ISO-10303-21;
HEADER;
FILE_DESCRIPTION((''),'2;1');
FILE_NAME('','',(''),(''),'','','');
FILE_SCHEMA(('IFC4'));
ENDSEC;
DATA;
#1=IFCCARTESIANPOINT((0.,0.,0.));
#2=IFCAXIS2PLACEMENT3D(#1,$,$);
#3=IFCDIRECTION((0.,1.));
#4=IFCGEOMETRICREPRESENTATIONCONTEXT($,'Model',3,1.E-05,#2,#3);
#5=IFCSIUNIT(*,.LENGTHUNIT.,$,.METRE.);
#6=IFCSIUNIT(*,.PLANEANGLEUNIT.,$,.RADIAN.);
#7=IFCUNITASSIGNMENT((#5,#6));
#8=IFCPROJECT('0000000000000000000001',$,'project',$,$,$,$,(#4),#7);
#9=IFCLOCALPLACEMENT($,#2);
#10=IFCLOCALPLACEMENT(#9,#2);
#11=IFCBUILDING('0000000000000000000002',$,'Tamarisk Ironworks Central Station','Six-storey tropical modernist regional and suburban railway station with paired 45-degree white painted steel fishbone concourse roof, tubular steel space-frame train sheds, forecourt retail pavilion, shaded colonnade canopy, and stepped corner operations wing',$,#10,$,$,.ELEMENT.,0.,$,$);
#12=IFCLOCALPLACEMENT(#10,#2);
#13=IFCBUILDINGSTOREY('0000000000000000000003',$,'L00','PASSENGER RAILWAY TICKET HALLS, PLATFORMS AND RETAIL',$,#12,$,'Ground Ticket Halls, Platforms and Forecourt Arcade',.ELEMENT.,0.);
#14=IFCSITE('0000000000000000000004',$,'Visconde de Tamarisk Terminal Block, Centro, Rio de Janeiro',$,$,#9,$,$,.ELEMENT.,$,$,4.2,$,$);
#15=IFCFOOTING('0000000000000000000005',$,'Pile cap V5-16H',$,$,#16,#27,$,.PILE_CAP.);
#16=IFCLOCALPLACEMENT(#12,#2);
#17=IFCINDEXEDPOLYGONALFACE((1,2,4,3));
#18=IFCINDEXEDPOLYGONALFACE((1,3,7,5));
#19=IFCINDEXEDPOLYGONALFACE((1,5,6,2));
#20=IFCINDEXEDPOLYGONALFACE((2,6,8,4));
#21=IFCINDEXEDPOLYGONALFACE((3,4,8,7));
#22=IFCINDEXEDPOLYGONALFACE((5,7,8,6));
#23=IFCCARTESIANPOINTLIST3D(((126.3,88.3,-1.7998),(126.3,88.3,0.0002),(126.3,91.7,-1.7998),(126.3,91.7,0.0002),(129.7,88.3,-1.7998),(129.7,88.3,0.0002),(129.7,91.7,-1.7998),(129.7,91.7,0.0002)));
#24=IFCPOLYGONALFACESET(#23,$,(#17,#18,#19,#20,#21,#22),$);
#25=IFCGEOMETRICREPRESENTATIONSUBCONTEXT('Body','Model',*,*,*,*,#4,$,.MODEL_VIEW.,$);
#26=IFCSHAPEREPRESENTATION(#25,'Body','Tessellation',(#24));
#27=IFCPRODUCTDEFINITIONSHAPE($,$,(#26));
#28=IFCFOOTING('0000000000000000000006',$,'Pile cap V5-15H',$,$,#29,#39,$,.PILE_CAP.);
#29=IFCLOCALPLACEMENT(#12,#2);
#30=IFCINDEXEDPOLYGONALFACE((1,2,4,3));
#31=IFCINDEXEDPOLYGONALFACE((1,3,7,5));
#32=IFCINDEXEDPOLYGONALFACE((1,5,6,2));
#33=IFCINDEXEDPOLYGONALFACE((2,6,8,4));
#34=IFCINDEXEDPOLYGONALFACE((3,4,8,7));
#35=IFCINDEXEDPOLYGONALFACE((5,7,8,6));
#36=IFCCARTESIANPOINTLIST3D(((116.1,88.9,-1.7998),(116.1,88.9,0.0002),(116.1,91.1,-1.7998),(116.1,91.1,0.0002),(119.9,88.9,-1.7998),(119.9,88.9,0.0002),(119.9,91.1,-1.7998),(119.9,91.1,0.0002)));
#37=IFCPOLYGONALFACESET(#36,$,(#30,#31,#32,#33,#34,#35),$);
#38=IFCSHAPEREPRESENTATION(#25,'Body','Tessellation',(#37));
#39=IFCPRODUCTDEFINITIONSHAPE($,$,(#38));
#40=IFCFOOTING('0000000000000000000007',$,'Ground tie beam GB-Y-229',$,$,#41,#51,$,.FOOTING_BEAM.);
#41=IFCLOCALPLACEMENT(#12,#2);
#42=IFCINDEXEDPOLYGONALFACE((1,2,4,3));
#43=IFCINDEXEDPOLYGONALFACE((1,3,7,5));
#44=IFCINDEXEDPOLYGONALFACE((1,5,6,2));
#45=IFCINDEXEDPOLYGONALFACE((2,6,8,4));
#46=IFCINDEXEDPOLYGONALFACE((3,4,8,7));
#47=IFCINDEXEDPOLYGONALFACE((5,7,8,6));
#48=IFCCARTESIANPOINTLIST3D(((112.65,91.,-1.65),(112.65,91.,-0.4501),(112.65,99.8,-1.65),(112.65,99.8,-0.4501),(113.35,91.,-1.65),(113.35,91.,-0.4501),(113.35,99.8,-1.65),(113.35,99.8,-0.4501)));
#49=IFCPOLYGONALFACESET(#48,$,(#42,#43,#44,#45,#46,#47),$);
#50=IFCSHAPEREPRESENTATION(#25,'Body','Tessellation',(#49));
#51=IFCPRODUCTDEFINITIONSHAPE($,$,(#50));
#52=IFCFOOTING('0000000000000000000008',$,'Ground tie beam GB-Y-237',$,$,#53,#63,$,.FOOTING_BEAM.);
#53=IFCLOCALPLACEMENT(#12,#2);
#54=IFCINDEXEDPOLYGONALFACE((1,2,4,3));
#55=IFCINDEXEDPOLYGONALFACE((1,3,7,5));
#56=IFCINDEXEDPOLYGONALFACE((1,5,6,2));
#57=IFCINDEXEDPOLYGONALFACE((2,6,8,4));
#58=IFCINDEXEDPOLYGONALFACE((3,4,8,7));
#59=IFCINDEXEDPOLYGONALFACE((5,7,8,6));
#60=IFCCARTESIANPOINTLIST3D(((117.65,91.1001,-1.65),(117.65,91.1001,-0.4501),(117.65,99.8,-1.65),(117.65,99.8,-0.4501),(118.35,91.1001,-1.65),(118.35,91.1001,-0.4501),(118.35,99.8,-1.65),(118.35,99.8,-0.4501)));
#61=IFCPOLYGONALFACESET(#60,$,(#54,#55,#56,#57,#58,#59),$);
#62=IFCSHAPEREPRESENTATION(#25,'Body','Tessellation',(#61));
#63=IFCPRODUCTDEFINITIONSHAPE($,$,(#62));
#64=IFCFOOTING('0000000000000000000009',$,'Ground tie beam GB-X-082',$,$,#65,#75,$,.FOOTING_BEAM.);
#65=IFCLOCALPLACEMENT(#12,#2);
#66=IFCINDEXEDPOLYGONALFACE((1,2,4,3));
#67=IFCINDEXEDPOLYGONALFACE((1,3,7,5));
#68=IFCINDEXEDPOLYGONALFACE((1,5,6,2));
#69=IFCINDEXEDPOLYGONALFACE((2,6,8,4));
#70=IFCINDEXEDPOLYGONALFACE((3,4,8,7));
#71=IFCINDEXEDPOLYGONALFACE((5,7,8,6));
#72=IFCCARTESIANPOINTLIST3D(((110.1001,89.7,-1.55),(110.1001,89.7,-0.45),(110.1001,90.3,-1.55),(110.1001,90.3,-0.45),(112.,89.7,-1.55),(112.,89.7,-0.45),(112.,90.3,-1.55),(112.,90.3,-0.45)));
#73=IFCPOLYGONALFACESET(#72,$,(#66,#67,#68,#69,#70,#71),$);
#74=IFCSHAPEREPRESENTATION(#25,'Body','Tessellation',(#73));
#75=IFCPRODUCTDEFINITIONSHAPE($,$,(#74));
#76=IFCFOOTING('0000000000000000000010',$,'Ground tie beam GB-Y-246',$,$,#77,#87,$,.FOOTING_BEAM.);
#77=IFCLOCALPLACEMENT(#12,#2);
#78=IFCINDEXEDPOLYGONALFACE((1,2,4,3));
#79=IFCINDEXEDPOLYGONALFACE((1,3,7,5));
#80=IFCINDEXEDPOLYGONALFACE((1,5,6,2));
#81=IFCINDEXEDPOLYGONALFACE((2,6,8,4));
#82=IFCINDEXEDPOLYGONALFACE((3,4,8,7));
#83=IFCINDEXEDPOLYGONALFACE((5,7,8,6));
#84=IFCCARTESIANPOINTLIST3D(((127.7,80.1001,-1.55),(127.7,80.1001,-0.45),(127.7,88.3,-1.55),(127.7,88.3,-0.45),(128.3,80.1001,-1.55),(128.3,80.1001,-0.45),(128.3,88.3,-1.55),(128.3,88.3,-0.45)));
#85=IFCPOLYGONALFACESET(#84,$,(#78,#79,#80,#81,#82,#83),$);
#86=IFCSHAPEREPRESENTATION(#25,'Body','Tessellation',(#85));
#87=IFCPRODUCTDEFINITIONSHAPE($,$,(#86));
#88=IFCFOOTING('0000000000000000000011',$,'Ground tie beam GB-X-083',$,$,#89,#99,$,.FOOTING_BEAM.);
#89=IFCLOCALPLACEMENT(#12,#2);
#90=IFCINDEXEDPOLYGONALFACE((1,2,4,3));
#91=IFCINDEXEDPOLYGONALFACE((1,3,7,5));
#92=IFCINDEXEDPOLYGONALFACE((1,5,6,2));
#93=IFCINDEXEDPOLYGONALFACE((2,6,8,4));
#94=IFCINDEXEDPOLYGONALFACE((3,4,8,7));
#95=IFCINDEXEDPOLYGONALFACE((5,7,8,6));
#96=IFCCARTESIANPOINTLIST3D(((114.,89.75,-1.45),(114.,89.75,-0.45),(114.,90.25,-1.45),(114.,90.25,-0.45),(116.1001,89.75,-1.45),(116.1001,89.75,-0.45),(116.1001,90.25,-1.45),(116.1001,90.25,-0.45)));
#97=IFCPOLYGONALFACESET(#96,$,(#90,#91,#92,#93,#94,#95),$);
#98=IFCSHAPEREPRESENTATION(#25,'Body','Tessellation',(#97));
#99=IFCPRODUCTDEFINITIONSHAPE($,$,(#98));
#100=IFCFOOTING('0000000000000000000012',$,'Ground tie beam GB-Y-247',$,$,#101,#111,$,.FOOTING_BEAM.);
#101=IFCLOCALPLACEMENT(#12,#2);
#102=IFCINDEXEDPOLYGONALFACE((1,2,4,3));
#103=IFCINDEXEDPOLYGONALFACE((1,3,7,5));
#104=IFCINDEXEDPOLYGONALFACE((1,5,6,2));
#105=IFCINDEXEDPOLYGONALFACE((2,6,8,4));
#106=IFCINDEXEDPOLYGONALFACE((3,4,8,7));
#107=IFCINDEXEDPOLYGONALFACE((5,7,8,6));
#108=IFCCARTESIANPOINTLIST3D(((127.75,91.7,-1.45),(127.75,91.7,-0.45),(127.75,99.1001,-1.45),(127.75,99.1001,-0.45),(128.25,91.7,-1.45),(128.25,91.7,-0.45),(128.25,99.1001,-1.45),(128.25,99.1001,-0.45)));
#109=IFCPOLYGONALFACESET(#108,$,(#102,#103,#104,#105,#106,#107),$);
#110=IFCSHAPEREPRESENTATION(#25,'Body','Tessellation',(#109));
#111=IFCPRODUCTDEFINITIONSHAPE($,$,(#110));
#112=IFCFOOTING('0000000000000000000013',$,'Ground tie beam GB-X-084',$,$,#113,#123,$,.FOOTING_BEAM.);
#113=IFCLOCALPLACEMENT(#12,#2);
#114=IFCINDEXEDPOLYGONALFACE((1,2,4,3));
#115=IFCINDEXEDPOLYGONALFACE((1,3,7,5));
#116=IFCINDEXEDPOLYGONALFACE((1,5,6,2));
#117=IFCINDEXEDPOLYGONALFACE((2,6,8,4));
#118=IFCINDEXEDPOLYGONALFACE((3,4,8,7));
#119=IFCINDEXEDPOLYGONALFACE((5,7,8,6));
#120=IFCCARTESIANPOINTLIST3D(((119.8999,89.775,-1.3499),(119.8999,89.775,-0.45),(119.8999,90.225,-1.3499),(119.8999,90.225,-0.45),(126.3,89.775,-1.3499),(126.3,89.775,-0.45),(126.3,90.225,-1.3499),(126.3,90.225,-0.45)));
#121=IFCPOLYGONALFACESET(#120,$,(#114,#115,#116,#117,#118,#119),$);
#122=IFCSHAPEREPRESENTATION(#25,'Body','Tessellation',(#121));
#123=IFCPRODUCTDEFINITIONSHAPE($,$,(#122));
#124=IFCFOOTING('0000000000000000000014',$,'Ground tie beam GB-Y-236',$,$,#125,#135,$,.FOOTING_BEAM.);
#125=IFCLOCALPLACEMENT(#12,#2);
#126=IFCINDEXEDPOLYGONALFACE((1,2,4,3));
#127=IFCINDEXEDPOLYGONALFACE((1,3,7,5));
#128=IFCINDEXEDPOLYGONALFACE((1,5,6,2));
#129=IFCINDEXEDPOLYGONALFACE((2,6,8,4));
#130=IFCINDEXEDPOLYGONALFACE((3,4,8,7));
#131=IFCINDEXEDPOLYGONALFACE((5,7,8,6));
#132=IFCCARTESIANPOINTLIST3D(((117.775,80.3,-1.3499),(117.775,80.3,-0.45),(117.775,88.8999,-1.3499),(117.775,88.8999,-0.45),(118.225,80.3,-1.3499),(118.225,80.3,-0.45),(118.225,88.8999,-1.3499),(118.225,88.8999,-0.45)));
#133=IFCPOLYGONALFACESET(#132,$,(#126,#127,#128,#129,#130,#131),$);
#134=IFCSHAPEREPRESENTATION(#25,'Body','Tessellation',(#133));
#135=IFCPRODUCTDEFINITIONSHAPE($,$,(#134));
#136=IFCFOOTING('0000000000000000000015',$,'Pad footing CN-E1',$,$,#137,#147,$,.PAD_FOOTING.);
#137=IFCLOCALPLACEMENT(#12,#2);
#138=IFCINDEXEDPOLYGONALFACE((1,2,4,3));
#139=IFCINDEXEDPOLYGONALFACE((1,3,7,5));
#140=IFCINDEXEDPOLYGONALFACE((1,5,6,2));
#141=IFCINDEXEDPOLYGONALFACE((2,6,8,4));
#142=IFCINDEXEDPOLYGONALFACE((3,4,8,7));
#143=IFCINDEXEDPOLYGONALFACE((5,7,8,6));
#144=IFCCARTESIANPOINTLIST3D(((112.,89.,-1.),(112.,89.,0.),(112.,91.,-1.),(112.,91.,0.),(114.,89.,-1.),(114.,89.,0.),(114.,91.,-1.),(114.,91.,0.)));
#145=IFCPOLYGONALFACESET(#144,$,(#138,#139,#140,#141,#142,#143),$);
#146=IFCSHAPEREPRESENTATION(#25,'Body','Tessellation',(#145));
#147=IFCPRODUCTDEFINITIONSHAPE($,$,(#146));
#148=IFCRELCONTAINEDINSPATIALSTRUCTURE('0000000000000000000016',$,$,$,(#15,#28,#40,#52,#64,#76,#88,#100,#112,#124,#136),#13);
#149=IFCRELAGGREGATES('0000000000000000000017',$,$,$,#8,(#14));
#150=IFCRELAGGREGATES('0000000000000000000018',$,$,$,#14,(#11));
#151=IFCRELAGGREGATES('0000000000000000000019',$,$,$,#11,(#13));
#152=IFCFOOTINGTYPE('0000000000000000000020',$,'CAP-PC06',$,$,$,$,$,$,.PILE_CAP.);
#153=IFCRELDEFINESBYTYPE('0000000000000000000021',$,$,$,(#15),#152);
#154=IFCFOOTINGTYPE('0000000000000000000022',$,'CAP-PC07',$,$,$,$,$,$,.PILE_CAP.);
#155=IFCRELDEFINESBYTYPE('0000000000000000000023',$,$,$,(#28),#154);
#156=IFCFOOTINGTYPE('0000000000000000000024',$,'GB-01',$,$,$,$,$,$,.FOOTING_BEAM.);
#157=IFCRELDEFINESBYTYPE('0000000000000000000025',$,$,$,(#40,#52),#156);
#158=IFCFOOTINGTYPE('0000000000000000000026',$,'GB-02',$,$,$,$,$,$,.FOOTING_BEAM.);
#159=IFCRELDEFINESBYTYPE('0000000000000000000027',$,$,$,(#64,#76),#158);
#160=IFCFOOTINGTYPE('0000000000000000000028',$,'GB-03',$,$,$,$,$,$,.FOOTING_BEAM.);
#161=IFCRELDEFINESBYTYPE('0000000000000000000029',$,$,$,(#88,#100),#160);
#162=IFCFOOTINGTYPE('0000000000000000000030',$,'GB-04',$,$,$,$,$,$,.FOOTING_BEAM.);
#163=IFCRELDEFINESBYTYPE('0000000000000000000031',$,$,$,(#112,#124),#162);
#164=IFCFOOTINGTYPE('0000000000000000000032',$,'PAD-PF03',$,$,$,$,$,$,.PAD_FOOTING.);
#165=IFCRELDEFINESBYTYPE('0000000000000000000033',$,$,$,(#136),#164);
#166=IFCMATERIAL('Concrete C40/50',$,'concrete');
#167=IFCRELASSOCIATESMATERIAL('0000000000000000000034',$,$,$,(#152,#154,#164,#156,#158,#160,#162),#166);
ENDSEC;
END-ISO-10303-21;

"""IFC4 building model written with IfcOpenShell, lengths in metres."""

from ifc_helpers import new_model, si_unit, direction, frame, origin, origin_2d, place, context, subcontext, project, spatial, rectangle, extrude, material, material_profile, profile_set, type_object, element, save


model = new_model("IFC4")

# Units and contexts
model_context = context("Model", 3, precision=1e-05, world=origin(), true_north=direction((0.0, 1.0)))
body_context = subcontext(model_context, "Body", "Model", "MODEL_VIEW")
ifc_project = project(units=[si_unit("LENGTHUNIT", "METRE"), si_unit("PLANEANGLEUNIT", "RADIAN")], contexts=[model_context])

# Site, building, storey
site_placement = place(None, origin())
site = spatial("IfcSite", under=ifc_project, at=site_placement, Name="Visconde de Tamarisk Terminal Block, Centro, Rio de Janeiro", CompositionType="ELEMENT", RefElevation=4.2)
building_placement = place(site_placement, origin())
building = spatial("IfcBuilding", under=site, at=building_placement, Name="Tamarisk Ironworks Central Station", Description="Six-storey tropical modernist regional and suburban railway station with paired 45-degree white painted steel fishbone concourse roof, tubular steel space-frame train sheds, forecourt retail pavilion, shaded colonnade canopy, and stepped corner operations wing", CompositionType="ELEMENT", ElevationOfRefHeight=0.0)
storey_placement = place(building_placement, origin())
storey = spatial("IfcBuildingStorey", under=building, at=storey_placement, Name="L00", Description="PASSENGER RAILWAY TICKET HALLS, PLATFORMS AND RETAIL", LongName="Ground Ticket Halls, Platforms and Forecourt Arcade", CompositionType="ELEMENT", Elevation=0.0)

# Footings
ifc_material_1 = material(Name="Concrete C40/50", Category="concrete")
footing_type_1 = type_object("IfcFootingType", Name="CAP-PC06", PredefinedType="PILE_CAP", material=ifc_material_1)
footing_1_placement = place(storey_placement, frame((128.0, 90.0, -1.7998), z_axis=(0.0, 0.0, 1.0), x_axis=(1.0, 0.0, 0.0)))
element("IfcFooting", 1, at=footing_1_placement, inside=storey, type_object=footing_type_1, Name="Pile cap V5-16H", PredefinedType="PILE_CAP", context=body_context, shape_type="SweptSolid", body=[
    extrude(rectangle(XDim=3.3999, YDim=3.3999, at=origin_2d()), origin(), (0.0, 0.0, 1.0), 1.8),
])
footing_type_2 = type_object("IfcFootingType", Name="CAP-PC07", PredefinedType="PILE_CAP", material=ifc_material_1)
footing_2_placement = place(storey_placement, frame((118.0, 90.0, -1.7998), z_axis=(0.0, 0.0, 1.0), x_axis=(1.0, 0.0, 0.0)))
element("IfcFooting", 2, at=footing_2_placement, inside=storey, type_object=footing_type_2, Name="Pile cap V5-15H", PredefinedType="PILE_CAP", context=body_context, shape_type="SweptSolid", body=[
    extrude(rectangle(XDim=3.8, YDim=2.2, at=origin_2d()), origin(), (0.0, 0.0, 1.0), 1.8),
])
ifc_material_profile_1 = material_profile(ifc_material_1, rectangle(XDim=0.7, YDim=1.2, at=origin_2d()), Name="GB01 700x1200")
ifc_profile_set_1 = profile_set([ifc_material_profile_1], Name="Concrete C40/50")
footing_type_3 = type_object("IfcFootingType", Name="GB-01", PredefinedType="FOOTING_BEAM", material=ifc_profile_set_1)
footing_3_placement = place(storey_placement, frame((113.0, 91.0, -1.05), z_axis=(0.0, 1.0, 0.0), x_axis=(-1.0, 0.0, 0.0)))
element("IfcFooting", 3, at=footing_3_placement, inside=storey, type_object=footing_type_3, Name="Ground tie beam GB-Y-229", PredefinedType="FOOTING_BEAM", context=body_context, shape_type="SweptSolid", body=[
    extrude(rectangle(XDim=0.7, YDim=1.2, at=origin_2d()), origin(), (0.0, 0.0, 1.0), 8.8),
])
footing_4_placement = place(storey_placement, frame((118.0, 91.1001, -1.05), z_axis=(0.0, 1.0, 0.0), x_axis=(-1.0, 0.0, 0.0)))
element("IfcFooting", 4, at=footing_4_placement, inside=storey, type_object=footing_type_3, Name="Ground tie beam GB-Y-237", PredefinedType="FOOTING_BEAM", context=body_context, shape_type="SweptSolid", body=[
    extrude(rectangle(XDim=0.7, YDim=1.2, at=origin_2d()), origin(), (0.0, 0.0, 1.0), 8.7),
])
ifc_material_profile_2 = material_profile(ifc_material_1, rectangle(XDim=0.6001, YDim=1.1001, at=origin_2d()), Name="GB02 600x1100")
ifc_profile_set_2 = profile_set([ifc_material_profile_2], Name="Concrete C40/50")
footing_type_4 = type_object("IfcFootingType", Name="GB-02", PredefinedType="FOOTING_BEAM", material=ifc_profile_set_2)
footing_5_placement = place(storey_placement, frame((110.1001, 90.0, -1.0), z_axis=(1.0, 0.0, 0.0), x_axis=(0.0, 1.0, 0.0)))
element("IfcFooting", 5, at=footing_5_placement, inside=storey, type_object=footing_type_4, Name="Ground tie beam GB-X-082", PredefinedType="FOOTING_BEAM", context=body_context, shape_type="SweptSolid", body=[
    extrude(rectangle(XDim=0.6001, YDim=1.1001, at=origin_2d()), origin(), (0.0, 0.0, 1.0), 1.8999),
])
footing_6_placement = place(storey_placement, frame((128.0, 80.1001, -1.0), z_axis=(0.0, 1.0, 0.0), x_axis=(-1.0, 0.0, 0.0)))
element("IfcFooting", 6, at=footing_6_placement, inside=storey, type_object=footing_type_4, Name="Ground tie beam GB-Y-246", PredefinedType="FOOTING_BEAM", context=body_context, shape_type="SweptSolid", body=[
    extrude(rectangle(XDim=0.6001, YDim=1.1001, at=origin_2d()), origin(), (0.0, 0.0, 1.0), 8.2),
])
ifc_material_profile_3 = material_profile(ifc_material_1, rectangle(XDim=0.5, YDim=1.0, at=origin_2d()), Name="GB03 500x1000")
ifc_profile_set_3 = profile_set([ifc_material_profile_3], Name="Concrete C40/50")
footing_type_5 = type_object("IfcFootingType", Name="GB-03", PredefinedType="FOOTING_BEAM", material=ifc_profile_set_3)
footing_7_placement = place(storey_placement, frame((114.0, 90.0, -0.95), z_axis=(1.0, 0.0, 0.0), x_axis=(0.0, 1.0, 0.0)))
element("IfcFooting", 7, at=footing_7_placement, inside=storey, type_object=footing_type_5, Name="Ground tie beam GB-X-083", PredefinedType="FOOTING_BEAM", context=body_context, shape_type="SweptSolid", body=[
    extrude(rectangle(XDim=0.5, YDim=1.0, at=origin_2d()), origin(), (0.0, 0.0, 1.0), 2.1001),
])
footing_8_placement = place(storey_placement, frame((128.0, 91.7, -0.95), z_axis=(0.0, 1.0, 0.0), x_axis=(-1.0, 0.0, 0.0)))
element("IfcFooting", 8, at=footing_8_placement, inside=storey, type_object=footing_type_5, Name="Ground tie beam GB-Y-247", PredefinedType="FOOTING_BEAM", context=body_context, shape_type="SweptSolid", body=[
    extrude(rectangle(XDim=0.5, YDim=1.0, at=origin_2d()), origin(), (0.0, 0.0, 1.0), 7.4001),
])
ifc_material_profile_4 = material_profile(ifc_material_1, rectangle(XDim=0.45, YDim=0.8999, at=origin_2d()), Name="GB04 450x900")
ifc_profile_set_4 = profile_set([ifc_material_profile_4], Name="Concrete C40/50")
footing_type_6 = type_object("IfcFootingType", Name="GB-04", PredefinedType="FOOTING_BEAM", material=ifc_profile_set_4)
footing_9_placement = place(storey_placement, frame((119.8999, 90.0, -0.8999), z_axis=(1.0, 0.0, 0.0), x_axis=(0.0, 1.0, 0.0)))
element("IfcFooting", 9, at=footing_9_placement, inside=storey, type_object=footing_type_6, Name="Ground tie beam GB-X-084", PredefinedType="FOOTING_BEAM", context=body_context, shape_type="SweptSolid", body=[
    extrude(rectangle(XDim=0.45, YDim=0.8999, at=origin_2d()), origin(), (0.0, 0.0, 1.0), 6.4001),
])
footing_10_placement = place(storey_placement, frame((118.0, 80.3, -0.8999), z_axis=(0.0, 1.0, 0.0), x_axis=(-1.0, 0.0, 0.0)))
element("IfcFooting", 10, at=footing_10_placement, inside=storey, type_object=footing_type_6, Name="Ground tie beam GB-Y-236", PredefinedType="FOOTING_BEAM", context=body_context, shape_type="SweptSolid", body=[
    extrude(rectangle(XDim=0.45, YDim=0.8999, at=origin_2d()), origin(), (0.0, 0.0, 1.0), 8.5999),
])
footing_type_7 = type_object("IfcFootingType", Name="PAD-PF03", PredefinedType="PAD_FOOTING", material=ifc_material_1)
footing_11_placement = place(storey_placement, frame((113.0, 90.0, -1.0), z_axis=(0.0, 0.0, 1.0), x_axis=(1.0, 0.0, 0.0)))
element("IfcFooting", 11, at=footing_11_placement, inside=storey, type_object=footing_type_7, Name="Pad footing CN-E1", PredefinedType="PAD_FOOTING", context=body_context, shape_type="SweptSolid", body=[
    extrude(rectangle(XDim=2.0, YDim=2.0, at=origin_2d()), origin(), (0.0, 0.0, 1.0), 1.0),
])

save(model, "model.ifc")
